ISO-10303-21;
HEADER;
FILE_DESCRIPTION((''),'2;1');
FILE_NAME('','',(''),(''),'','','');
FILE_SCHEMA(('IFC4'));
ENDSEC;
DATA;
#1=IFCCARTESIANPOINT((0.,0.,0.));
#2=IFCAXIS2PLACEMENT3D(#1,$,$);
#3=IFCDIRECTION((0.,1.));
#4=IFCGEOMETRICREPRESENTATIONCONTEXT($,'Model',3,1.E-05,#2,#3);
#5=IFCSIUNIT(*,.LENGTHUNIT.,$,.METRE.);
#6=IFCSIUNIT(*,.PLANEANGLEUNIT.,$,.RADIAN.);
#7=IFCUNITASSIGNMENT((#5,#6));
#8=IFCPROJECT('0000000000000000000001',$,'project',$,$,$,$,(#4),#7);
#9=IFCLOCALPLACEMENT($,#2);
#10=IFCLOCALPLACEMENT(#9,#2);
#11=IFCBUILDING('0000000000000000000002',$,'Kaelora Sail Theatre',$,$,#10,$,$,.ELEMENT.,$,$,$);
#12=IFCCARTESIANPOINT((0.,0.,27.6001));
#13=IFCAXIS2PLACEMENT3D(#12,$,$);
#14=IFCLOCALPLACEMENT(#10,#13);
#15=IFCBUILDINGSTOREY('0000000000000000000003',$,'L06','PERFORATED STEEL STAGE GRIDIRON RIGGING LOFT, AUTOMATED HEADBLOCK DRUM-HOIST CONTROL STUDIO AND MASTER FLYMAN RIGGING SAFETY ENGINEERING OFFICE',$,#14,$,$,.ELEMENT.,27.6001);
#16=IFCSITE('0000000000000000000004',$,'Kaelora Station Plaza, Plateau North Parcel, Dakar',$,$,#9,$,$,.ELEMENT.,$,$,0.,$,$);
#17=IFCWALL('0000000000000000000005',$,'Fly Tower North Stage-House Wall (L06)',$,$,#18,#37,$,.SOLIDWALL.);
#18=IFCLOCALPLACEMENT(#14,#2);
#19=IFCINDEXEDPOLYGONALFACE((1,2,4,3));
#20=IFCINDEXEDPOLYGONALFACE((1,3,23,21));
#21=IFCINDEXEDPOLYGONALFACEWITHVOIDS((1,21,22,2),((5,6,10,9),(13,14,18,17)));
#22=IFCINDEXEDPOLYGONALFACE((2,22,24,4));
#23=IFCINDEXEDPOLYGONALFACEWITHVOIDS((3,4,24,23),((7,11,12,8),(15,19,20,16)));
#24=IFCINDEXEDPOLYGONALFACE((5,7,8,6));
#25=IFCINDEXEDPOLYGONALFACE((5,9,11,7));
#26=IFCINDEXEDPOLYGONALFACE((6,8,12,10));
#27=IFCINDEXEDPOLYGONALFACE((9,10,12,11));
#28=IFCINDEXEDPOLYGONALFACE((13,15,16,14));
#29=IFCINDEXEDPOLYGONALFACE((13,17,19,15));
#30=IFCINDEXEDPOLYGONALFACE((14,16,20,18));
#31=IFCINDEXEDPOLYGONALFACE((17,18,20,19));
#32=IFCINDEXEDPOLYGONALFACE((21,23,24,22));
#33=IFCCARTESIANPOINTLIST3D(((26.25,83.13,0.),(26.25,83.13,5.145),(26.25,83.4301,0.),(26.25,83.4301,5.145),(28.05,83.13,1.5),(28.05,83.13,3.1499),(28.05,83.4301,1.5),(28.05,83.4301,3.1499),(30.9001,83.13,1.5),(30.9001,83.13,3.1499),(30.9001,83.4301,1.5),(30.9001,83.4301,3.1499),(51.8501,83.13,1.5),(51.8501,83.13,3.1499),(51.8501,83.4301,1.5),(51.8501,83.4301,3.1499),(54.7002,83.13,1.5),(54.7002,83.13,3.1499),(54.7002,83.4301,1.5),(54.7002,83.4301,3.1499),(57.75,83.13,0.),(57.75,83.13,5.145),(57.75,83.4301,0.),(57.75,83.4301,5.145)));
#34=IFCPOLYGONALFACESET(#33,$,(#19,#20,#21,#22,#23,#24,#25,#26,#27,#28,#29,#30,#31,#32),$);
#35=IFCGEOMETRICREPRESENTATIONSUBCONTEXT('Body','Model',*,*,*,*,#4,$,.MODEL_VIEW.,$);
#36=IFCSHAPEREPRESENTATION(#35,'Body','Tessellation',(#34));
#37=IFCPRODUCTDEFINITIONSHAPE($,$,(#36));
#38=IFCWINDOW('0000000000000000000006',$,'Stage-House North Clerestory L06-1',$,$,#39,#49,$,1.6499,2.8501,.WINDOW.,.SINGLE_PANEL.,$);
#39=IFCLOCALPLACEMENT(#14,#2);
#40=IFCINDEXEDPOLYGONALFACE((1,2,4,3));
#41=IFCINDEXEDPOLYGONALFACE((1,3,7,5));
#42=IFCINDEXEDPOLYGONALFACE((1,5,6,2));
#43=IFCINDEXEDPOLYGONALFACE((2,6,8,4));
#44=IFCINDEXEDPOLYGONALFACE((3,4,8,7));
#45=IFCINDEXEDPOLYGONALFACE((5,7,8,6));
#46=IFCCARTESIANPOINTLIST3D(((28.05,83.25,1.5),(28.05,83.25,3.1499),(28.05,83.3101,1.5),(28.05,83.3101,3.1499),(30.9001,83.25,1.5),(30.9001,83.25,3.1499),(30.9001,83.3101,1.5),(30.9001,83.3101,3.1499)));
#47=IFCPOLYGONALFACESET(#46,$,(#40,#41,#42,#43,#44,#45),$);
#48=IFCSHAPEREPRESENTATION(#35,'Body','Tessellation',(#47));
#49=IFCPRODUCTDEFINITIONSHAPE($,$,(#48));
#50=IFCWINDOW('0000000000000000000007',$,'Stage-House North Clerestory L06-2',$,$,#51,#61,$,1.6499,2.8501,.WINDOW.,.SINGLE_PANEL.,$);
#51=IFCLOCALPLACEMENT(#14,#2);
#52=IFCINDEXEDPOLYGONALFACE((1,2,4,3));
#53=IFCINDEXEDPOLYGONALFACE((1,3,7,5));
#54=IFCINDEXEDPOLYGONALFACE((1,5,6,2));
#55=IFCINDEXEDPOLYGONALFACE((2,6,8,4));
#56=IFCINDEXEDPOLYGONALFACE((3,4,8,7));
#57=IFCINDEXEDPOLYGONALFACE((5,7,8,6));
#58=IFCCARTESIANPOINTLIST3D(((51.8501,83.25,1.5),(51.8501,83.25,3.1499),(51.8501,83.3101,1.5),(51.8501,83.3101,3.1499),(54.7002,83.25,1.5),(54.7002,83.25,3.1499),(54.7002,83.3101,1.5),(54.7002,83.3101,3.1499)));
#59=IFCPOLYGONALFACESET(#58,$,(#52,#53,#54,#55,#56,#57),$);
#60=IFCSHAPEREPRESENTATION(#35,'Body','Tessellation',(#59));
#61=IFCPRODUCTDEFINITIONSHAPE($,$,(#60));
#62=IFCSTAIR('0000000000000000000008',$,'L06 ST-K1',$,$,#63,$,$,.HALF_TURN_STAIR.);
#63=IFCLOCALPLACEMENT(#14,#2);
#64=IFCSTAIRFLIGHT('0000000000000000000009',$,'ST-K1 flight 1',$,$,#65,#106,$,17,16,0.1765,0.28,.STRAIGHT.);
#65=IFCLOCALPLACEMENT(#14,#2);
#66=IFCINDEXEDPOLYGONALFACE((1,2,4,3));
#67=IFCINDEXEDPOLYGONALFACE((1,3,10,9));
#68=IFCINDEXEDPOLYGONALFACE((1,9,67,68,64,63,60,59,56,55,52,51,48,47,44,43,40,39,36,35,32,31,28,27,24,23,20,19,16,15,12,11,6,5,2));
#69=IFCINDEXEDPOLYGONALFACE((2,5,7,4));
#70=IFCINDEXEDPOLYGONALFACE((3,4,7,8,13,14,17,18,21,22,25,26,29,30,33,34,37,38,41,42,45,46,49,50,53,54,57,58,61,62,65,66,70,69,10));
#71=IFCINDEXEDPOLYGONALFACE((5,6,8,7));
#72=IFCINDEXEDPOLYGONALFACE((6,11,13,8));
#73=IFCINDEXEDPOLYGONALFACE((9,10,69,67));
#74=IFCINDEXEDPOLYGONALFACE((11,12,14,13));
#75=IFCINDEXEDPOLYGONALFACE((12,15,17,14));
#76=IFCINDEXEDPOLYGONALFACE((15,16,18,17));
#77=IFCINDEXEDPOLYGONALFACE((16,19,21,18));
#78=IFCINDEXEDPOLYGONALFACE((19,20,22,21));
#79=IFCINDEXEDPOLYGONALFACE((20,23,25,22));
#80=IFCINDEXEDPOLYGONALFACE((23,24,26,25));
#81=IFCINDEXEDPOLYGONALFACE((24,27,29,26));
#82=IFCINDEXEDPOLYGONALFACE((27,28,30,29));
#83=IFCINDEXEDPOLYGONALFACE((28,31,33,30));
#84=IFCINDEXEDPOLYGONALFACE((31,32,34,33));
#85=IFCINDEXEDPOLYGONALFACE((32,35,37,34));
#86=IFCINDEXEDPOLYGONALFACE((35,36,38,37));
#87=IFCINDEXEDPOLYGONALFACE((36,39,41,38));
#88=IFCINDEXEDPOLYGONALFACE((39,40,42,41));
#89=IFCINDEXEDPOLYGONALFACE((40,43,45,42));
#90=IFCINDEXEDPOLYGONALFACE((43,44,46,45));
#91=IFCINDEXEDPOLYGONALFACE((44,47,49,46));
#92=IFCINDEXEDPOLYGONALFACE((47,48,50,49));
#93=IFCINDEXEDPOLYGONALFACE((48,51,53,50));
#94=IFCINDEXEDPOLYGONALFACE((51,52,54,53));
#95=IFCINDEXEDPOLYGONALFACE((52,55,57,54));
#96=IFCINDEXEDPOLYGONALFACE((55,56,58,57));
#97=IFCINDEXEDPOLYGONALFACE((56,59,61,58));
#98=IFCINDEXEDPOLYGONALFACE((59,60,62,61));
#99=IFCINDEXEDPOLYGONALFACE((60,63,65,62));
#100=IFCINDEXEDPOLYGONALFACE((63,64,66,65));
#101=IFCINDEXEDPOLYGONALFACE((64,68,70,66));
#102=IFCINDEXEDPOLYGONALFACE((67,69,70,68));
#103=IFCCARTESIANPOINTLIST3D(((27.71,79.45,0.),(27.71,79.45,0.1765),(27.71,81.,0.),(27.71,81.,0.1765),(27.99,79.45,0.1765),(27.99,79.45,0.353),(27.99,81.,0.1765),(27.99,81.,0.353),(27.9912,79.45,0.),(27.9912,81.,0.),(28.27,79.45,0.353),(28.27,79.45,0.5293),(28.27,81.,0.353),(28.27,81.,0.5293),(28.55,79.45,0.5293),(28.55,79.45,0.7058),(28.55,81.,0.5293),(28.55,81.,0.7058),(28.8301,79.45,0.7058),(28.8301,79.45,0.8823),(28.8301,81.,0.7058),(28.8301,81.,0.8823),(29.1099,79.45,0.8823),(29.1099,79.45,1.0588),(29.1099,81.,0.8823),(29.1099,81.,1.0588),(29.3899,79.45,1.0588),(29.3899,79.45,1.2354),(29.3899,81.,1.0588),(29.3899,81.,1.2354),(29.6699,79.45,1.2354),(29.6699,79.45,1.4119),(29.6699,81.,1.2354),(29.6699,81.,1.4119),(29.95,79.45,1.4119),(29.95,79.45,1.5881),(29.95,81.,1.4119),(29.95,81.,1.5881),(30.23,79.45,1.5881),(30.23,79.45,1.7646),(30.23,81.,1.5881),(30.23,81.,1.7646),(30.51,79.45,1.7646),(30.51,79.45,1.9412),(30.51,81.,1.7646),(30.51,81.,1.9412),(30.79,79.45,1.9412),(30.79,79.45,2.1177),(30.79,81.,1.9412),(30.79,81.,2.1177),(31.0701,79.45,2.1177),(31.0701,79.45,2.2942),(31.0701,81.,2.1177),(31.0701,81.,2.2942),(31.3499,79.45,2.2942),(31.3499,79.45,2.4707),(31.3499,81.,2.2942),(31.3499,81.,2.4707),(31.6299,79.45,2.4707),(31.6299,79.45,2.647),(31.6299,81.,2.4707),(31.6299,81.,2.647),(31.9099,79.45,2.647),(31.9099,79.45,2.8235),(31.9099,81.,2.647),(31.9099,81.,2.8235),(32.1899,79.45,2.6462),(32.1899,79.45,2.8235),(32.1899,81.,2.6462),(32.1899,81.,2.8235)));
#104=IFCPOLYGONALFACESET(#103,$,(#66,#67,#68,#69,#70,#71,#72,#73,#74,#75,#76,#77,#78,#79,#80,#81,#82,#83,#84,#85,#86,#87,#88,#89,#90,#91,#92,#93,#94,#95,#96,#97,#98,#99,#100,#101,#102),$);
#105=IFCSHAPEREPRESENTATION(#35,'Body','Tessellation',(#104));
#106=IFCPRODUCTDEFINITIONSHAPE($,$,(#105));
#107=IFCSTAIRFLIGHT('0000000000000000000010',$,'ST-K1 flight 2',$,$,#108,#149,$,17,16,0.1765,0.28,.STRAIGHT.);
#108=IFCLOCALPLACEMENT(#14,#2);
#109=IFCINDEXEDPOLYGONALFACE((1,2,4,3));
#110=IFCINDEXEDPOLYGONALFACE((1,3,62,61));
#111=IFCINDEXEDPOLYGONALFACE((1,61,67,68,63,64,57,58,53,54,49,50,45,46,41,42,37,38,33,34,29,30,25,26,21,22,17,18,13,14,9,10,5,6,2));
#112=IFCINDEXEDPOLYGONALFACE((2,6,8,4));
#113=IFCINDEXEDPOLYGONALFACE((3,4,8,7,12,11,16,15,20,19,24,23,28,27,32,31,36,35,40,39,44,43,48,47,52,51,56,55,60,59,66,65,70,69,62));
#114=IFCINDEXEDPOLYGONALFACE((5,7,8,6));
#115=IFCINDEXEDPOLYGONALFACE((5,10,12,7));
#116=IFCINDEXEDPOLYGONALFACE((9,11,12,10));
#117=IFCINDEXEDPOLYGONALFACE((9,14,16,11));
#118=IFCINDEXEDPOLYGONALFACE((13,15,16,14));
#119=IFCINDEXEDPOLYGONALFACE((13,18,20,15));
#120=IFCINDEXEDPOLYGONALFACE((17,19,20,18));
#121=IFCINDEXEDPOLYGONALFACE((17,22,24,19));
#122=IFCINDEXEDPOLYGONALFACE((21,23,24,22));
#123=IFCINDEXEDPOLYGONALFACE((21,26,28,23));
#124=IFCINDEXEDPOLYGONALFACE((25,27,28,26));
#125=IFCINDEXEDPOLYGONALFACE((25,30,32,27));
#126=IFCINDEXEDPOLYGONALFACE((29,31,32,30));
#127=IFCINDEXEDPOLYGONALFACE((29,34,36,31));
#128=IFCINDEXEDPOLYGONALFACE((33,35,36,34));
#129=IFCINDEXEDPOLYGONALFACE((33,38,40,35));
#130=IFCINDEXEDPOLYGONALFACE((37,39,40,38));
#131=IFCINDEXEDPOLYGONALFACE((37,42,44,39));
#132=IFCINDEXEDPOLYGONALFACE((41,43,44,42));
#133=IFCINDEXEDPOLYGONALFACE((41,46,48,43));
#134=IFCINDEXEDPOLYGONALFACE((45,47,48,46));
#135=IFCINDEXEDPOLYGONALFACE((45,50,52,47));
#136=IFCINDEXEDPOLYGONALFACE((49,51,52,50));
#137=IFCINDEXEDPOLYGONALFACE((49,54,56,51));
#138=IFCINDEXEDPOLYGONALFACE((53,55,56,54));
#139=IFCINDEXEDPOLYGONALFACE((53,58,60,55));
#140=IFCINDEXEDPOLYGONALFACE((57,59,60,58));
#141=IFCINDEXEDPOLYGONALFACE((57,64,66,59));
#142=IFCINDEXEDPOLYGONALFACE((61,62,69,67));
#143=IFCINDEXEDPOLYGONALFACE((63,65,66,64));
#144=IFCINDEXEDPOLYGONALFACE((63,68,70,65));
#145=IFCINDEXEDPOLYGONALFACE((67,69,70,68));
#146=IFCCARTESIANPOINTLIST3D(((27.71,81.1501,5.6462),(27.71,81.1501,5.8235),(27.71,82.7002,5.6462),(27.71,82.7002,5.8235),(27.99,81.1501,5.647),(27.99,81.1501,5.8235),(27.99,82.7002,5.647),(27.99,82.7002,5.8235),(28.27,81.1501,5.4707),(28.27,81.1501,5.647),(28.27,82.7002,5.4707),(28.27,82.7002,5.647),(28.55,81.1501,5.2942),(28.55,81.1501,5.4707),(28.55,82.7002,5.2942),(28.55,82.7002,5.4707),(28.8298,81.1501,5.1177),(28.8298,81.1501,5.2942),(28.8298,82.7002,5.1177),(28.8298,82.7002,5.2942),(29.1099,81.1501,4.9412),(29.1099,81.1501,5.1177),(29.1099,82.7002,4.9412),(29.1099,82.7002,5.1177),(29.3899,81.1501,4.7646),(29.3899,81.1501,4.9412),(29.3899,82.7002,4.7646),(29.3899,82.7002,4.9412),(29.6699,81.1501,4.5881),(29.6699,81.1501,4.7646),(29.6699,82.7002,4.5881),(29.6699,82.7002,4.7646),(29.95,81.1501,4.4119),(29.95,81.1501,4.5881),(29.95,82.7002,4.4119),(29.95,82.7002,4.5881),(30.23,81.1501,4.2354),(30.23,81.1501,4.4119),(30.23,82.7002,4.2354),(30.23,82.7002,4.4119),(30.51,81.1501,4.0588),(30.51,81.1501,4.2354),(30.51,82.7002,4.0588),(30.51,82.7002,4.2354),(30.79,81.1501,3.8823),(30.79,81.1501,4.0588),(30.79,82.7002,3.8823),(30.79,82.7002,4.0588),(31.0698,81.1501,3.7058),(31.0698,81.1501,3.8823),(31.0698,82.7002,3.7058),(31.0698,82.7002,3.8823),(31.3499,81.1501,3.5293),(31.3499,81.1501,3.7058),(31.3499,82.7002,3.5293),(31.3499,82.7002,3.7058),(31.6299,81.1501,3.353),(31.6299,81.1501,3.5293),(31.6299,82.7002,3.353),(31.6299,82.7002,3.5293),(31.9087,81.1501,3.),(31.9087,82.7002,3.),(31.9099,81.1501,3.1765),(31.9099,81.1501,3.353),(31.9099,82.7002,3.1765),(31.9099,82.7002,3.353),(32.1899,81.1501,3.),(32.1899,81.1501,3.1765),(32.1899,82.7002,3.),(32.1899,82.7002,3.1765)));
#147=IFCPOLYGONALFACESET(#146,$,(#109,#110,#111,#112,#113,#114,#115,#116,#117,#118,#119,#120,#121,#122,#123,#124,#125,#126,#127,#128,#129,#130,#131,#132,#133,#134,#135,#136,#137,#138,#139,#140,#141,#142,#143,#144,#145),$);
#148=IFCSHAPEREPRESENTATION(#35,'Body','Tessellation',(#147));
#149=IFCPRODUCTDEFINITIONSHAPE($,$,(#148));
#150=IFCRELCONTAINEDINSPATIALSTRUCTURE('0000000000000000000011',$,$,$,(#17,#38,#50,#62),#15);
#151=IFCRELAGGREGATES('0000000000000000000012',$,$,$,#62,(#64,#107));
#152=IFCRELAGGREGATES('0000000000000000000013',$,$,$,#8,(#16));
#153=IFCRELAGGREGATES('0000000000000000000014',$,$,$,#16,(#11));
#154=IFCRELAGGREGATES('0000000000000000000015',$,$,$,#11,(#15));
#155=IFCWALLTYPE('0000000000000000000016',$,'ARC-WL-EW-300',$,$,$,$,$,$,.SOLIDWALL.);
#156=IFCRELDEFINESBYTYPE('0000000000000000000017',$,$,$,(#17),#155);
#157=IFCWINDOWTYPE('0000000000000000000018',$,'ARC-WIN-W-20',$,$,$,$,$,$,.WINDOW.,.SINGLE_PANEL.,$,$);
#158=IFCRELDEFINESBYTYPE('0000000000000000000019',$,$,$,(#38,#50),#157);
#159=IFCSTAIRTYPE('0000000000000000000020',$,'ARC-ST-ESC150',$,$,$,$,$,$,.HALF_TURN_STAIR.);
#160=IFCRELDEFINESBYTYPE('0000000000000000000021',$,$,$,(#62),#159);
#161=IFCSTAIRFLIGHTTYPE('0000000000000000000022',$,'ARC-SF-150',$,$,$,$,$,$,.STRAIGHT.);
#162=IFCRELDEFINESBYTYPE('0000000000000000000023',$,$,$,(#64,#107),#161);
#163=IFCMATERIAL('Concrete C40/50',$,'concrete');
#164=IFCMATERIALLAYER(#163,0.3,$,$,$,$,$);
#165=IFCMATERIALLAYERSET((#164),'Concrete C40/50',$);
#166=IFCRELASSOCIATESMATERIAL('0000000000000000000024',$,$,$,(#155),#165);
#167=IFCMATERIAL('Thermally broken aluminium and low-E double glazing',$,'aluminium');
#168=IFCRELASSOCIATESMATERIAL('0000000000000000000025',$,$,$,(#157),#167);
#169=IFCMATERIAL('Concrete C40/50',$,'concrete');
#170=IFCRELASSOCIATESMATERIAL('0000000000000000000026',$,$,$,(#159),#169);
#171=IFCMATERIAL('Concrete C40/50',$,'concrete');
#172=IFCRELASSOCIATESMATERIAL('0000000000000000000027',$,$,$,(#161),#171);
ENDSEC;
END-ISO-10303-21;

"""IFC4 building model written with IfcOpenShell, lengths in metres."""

from ifc_helpers import new_model, si_unit, direction, frame, frame_2d, origin, place, context, subcontext, project, spatial, polyline, rectangle, outline, extrude, material, layer, layer_set, type_object, element, fill, aggregate, save


model = new_model("IFC4")

# Units and contexts
model_context = context("Model", 3, precision=1e-05, world=origin(), true_north=direction((0.0, 1.0)))
body_context = subcontext(model_context, "Body", "Model", "MODEL_VIEW")
ifc_project = project(units=[si_unit("LENGTHUNIT", "METRE"), si_unit("PLANEANGLEUNIT", "RADIAN")], contexts=[model_context])

# Site, building, storey
site_placement = place(None, origin())
site = spatial("IfcSite", under=ifc_project, at=site_placement, Name="Kaelora Station Plaza, Plateau North Parcel, Dakar", CompositionType="ELEMENT", RefElevation=0.0)
building_placement = place(site_placement, origin())
building = spatial("IfcBuilding", under=site, at=building_placement, Name="Kaelora Sail Theatre", CompositionType="ELEMENT")
storey_placement = place(building_placement, frame((0.0, 0.0, 27.6001)))
storey = spatial("IfcBuildingStorey", under=building, at=storey_placement, Name="L06", Description="PERFORATED STEEL STAGE GRIDIRON RIGGING LOFT, AUTOMATED HEADBLOCK DRUM-HOIST CONTROL STUDIO AND MASTER FLYMAN RIGGING SAFETY ENGINEERING OFFICE", CompositionType="ELEMENT", Elevation=27.6001)

# Wall, openings, windows
ifc_material_1 = material(Name="Concrete C40/50", Category="concrete")
ifc_layer_1 = layer(ifc_material_1, 0.3)
ifc_layer_set_1 = layer_set([ifc_layer_1], Name="Concrete C40/50")
wall_type_1 = type_object("IfcWallType", Name="ARC-WL-EW-300", PredefinedType="SOLIDWALL", material=ifc_layer_set_1)
wall_1_placement = place(storey_placement, frame((26.25, 83.28, 0.0), z_axis=(0.0, 0.0, 1.0), x_axis=(1.0, 0.0, 0.0)))
wall_1 = element("IfcWall", 1, at=wall_1_placement, inside=storey, type_object=wall_type_1, Name="Fly Tower North Stage-House Wall (L06)", PredefinedType="SOLIDWALL", context=body_context, shape_type="SweptSolid", body=[
    extrude(rectangle(XDim=31.5, YDim=0.3, at=frame_2d((15.75, 0.0))), origin(), (0.0, 0.0, 1.0), 5.145),
])
opening_1_placement = place(wall_1_placement, frame((1.8, 0.0, 1.5)))
opening_1 = element("IfcOpeningElement", 2, at=opening_1_placement, cuts=wall_1, PredefinedType="OPENING", context=body_context, shape_type="SweptSolid", body=[
    extrude(rectangle(XDim=2.8501, YDim=1.6499, at=frame_2d((1.425, 0.825))), frame((0.0, 0.1599, 0.0), z_axis=(0.0, -1.0, 0.0), x_axis=(1.0, 0.0, 0.0)), (0.0, 0.0, 1.0), 0.32),
])
opening_2_placement = place(wall_1_placement, frame((25.6001, 0.0, 1.5)))
opening_2 = element("IfcOpeningElement", 3, at=opening_2_placement, cuts=wall_1, PredefinedType="OPENING", context=body_context, shape_type="SweptSolid", body=[
    extrude(rectangle(XDim=2.8501, YDim=1.6499, at=frame_2d((1.425, 0.825))), frame((0.0, 0.1599, 0.0), z_axis=(0.0, -1.0, 0.0), x_axis=(1.0, 0.0, 0.0)), (0.0, 0.0, 1.0), 0.32),
])
ifc_material_2 = material(Name="Thermally broken aluminium and low-E double glazing", Category="aluminium")
window_type = type_object("IfcWindowType", Name="ARC-WIN-W-20", PartitioningType="SINGLE_PANEL", PredefinedType="WINDOW", material=ifc_material_2)
window_1_placement = place(opening_1_placement, origin())
window_1 = element("IfcWindow", 4, at=window_1_placement, inside=storey, type_object=window_type, Name="Stage-House North Clerestory L06-1", OverallHeight=1.6499, OverallWidth=2.8501, PartitioningType="SINGLE_PANEL", PredefinedType="WINDOW", context=body_context, shape_type="SweptSolid", body=[
    extrude(rectangle(XDim=2.8501, YDim=1.6499, at=frame_2d((1.425, 0.825))), frame((0.0, 0.03, 0.0), z_axis=(0.0, -1.0, 0.0), x_axis=(1.0, 0.0, 0.0)), (0.0, 0.0, 1.0), 0.0601),
])
fill(opening_1, window_1)
window_2_placement = place(opening_2_placement, origin())
window_2 = element("IfcWindow", 5, at=window_2_placement, inside=storey, type_object=window_type, Name="Stage-House North Clerestory L06-2", OverallHeight=1.6499, OverallWidth=2.8501, PartitioningType="SINGLE_PANEL", PredefinedType="WINDOW", context=body_context, shape_type="SweptSolid", body=[
    extrude(rectangle(XDim=2.8501, YDim=1.6499, at=frame_2d((1.425, 0.825))), frame((0.0, 0.03, 0.0), z_axis=(0.0, -1.0, 0.0), x_axis=(1.0, 0.0, 0.0)), (0.0, 0.0, 1.0), 0.0601),
])
fill(opening_2, window_2)

# Stair, stair flights
ifc_material_3 = material(Name="Concrete C40/50", Category="concrete")
stair_type = type_object("IfcStairType", Name="ARC-ST-ESC150", PredefinedType="HALF_TURN_STAIR", material=ifc_material_3)
stair_placement = place(storey_placement, origin())
stair = element("IfcStair", 6, at=stair_placement, inside=storey, type_object=stair_type, Name="L06 ST-K1", PredefinedType="HALF_TURN_STAIR")
ifc_material_4 = material(Name="Concrete C40/50", Category="concrete")
stair_flight_type = type_object("IfcStairFlightType", Name="ARC-SF-150", PredefinedType="STRAIGHT", material=ifc_material_4)
stair_flight_1_placement = place(storey_placement, frame((27.71, 80.2251, 0.0), z_axis=(0.0, 0.0, 1.0), x_axis=(1.0, 0.0, 0.0)))
stair_flight_1 = element("IfcStairFlight", 7, at=stair_flight_1_placement, type_object=stair_flight_type, Name="ST-K1 flight 1", NumberOfRisers=17, NumberOfTreads=16, PredefinedType="STRAIGHT", RiserHeight=0.1765, TreadLength=0.28, context=body_context, shape_type="SweptSolid", body=[
    extrude(outline(polyline([(0.0, 0.0), (0.0, 0.1765), (0.28, 0.1765), (0.28, 0.353), (0.5601, 0.353), (0.5601, 0.5293), (0.8401, 0.5293), (0.8401, 0.7058), (1.1201, 0.7058), (1.1201, 0.8823), (1.3999, 0.8823), (1.3999, 1.0588), (1.6799, 1.0588), (1.6799, 1.2354), (1.96, 1.2354), (1.96, 1.4119), (2.24, 1.4119), (2.24, 1.5881), (2.52, 1.5881), (2.52, 1.7646), (2.8, 1.7646), (2.8, 1.9412), (3.0801, 1.9412), (3.0801, 2.1177), (3.3601, 2.1177), (3.3601, 2.2942), (3.6399, 2.2942), (3.6399, 2.4707), (3.9199, 2.4707), (3.9199, 2.647), (4.2, 2.647), (4.2, 2.8235), (4.48, 2.8235), (4.48, 3.0), (4.48, 2.6462), (0.2812, 0.0), (0.0, 0.0)])), frame((0.0, 0.7749, 0.0), z_axis=(0.0, -1.0, 0.0), x_axis=(1.0, 0.0, 0.0)), (0.0, 0.0, 1.0), 1.55),
])
stair_flight_2_placement = place(storey_placement, frame((32.1899, 81.925, 3.0), z_axis=(0.0, 0.0, 1.0), x_axis=(-1.0, 0.0, 0.0)))
stair_flight_2 = element("IfcStairFlight", 8, at=stair_flight_2_placement, type_object=stair_flight_type, Name="ST-K1 flight 2", NumberOfRisers=17, NumberOfTreads=16, PredefinedType="STRAIGHT", RiserHeight=0.1765, TreadLength=0.28, context=body_context, shape_type="SweptSolid", body=[
    extrude(outline(polyline([(0.0, 0.0), (0.0, 0.1765), (0.28, 0.1765), (0.28, 0.353), (0.5601, 0.353), (0.5601, 0.5293), (0.8401, 0.5293), (0.8401, 0.7058), (1.1201, 0.7058), (1.1201, 0.8823), (1.3999, 0.8823), (1.3999, 1.0588), (1.6799, 1.0588), (1.6799, 1.2354), (1.96, 1.2354), (1.96, 1.4119), (2.24, 1.4119), (2.24, 1.5881), (2.52, 1.5881), (2.52, 1.7646), (2.8, 1.7646), (2.8, 1.9412), (3.0801, 1.9412), (3.0801, 2.1177), (3.3601, 2.1177), (3.3601, 2.2942), (3.6399, 2.2942), (3.6399, 2.4707), (3.9199, 2.4707), (3.9199, 2.647), (4.2, 2.647), (4.2, 2.8235), (4.48, 2.8235), (4.48, 3.0), (4.48, 2.6462), (0.2812, 0.0), (0.0, 0.0)])), frame((0.0, 0.7749, 0.0), z_axis=(0.0, -1.0, 0.0), x_axis=(1.0, 0.0, 0.0)), (0.0, 0.0, 1.0), 1.55),
])
aggregate(stair, [stair_flight_1, stair_flight_2])

save(model, "model.ifc")
